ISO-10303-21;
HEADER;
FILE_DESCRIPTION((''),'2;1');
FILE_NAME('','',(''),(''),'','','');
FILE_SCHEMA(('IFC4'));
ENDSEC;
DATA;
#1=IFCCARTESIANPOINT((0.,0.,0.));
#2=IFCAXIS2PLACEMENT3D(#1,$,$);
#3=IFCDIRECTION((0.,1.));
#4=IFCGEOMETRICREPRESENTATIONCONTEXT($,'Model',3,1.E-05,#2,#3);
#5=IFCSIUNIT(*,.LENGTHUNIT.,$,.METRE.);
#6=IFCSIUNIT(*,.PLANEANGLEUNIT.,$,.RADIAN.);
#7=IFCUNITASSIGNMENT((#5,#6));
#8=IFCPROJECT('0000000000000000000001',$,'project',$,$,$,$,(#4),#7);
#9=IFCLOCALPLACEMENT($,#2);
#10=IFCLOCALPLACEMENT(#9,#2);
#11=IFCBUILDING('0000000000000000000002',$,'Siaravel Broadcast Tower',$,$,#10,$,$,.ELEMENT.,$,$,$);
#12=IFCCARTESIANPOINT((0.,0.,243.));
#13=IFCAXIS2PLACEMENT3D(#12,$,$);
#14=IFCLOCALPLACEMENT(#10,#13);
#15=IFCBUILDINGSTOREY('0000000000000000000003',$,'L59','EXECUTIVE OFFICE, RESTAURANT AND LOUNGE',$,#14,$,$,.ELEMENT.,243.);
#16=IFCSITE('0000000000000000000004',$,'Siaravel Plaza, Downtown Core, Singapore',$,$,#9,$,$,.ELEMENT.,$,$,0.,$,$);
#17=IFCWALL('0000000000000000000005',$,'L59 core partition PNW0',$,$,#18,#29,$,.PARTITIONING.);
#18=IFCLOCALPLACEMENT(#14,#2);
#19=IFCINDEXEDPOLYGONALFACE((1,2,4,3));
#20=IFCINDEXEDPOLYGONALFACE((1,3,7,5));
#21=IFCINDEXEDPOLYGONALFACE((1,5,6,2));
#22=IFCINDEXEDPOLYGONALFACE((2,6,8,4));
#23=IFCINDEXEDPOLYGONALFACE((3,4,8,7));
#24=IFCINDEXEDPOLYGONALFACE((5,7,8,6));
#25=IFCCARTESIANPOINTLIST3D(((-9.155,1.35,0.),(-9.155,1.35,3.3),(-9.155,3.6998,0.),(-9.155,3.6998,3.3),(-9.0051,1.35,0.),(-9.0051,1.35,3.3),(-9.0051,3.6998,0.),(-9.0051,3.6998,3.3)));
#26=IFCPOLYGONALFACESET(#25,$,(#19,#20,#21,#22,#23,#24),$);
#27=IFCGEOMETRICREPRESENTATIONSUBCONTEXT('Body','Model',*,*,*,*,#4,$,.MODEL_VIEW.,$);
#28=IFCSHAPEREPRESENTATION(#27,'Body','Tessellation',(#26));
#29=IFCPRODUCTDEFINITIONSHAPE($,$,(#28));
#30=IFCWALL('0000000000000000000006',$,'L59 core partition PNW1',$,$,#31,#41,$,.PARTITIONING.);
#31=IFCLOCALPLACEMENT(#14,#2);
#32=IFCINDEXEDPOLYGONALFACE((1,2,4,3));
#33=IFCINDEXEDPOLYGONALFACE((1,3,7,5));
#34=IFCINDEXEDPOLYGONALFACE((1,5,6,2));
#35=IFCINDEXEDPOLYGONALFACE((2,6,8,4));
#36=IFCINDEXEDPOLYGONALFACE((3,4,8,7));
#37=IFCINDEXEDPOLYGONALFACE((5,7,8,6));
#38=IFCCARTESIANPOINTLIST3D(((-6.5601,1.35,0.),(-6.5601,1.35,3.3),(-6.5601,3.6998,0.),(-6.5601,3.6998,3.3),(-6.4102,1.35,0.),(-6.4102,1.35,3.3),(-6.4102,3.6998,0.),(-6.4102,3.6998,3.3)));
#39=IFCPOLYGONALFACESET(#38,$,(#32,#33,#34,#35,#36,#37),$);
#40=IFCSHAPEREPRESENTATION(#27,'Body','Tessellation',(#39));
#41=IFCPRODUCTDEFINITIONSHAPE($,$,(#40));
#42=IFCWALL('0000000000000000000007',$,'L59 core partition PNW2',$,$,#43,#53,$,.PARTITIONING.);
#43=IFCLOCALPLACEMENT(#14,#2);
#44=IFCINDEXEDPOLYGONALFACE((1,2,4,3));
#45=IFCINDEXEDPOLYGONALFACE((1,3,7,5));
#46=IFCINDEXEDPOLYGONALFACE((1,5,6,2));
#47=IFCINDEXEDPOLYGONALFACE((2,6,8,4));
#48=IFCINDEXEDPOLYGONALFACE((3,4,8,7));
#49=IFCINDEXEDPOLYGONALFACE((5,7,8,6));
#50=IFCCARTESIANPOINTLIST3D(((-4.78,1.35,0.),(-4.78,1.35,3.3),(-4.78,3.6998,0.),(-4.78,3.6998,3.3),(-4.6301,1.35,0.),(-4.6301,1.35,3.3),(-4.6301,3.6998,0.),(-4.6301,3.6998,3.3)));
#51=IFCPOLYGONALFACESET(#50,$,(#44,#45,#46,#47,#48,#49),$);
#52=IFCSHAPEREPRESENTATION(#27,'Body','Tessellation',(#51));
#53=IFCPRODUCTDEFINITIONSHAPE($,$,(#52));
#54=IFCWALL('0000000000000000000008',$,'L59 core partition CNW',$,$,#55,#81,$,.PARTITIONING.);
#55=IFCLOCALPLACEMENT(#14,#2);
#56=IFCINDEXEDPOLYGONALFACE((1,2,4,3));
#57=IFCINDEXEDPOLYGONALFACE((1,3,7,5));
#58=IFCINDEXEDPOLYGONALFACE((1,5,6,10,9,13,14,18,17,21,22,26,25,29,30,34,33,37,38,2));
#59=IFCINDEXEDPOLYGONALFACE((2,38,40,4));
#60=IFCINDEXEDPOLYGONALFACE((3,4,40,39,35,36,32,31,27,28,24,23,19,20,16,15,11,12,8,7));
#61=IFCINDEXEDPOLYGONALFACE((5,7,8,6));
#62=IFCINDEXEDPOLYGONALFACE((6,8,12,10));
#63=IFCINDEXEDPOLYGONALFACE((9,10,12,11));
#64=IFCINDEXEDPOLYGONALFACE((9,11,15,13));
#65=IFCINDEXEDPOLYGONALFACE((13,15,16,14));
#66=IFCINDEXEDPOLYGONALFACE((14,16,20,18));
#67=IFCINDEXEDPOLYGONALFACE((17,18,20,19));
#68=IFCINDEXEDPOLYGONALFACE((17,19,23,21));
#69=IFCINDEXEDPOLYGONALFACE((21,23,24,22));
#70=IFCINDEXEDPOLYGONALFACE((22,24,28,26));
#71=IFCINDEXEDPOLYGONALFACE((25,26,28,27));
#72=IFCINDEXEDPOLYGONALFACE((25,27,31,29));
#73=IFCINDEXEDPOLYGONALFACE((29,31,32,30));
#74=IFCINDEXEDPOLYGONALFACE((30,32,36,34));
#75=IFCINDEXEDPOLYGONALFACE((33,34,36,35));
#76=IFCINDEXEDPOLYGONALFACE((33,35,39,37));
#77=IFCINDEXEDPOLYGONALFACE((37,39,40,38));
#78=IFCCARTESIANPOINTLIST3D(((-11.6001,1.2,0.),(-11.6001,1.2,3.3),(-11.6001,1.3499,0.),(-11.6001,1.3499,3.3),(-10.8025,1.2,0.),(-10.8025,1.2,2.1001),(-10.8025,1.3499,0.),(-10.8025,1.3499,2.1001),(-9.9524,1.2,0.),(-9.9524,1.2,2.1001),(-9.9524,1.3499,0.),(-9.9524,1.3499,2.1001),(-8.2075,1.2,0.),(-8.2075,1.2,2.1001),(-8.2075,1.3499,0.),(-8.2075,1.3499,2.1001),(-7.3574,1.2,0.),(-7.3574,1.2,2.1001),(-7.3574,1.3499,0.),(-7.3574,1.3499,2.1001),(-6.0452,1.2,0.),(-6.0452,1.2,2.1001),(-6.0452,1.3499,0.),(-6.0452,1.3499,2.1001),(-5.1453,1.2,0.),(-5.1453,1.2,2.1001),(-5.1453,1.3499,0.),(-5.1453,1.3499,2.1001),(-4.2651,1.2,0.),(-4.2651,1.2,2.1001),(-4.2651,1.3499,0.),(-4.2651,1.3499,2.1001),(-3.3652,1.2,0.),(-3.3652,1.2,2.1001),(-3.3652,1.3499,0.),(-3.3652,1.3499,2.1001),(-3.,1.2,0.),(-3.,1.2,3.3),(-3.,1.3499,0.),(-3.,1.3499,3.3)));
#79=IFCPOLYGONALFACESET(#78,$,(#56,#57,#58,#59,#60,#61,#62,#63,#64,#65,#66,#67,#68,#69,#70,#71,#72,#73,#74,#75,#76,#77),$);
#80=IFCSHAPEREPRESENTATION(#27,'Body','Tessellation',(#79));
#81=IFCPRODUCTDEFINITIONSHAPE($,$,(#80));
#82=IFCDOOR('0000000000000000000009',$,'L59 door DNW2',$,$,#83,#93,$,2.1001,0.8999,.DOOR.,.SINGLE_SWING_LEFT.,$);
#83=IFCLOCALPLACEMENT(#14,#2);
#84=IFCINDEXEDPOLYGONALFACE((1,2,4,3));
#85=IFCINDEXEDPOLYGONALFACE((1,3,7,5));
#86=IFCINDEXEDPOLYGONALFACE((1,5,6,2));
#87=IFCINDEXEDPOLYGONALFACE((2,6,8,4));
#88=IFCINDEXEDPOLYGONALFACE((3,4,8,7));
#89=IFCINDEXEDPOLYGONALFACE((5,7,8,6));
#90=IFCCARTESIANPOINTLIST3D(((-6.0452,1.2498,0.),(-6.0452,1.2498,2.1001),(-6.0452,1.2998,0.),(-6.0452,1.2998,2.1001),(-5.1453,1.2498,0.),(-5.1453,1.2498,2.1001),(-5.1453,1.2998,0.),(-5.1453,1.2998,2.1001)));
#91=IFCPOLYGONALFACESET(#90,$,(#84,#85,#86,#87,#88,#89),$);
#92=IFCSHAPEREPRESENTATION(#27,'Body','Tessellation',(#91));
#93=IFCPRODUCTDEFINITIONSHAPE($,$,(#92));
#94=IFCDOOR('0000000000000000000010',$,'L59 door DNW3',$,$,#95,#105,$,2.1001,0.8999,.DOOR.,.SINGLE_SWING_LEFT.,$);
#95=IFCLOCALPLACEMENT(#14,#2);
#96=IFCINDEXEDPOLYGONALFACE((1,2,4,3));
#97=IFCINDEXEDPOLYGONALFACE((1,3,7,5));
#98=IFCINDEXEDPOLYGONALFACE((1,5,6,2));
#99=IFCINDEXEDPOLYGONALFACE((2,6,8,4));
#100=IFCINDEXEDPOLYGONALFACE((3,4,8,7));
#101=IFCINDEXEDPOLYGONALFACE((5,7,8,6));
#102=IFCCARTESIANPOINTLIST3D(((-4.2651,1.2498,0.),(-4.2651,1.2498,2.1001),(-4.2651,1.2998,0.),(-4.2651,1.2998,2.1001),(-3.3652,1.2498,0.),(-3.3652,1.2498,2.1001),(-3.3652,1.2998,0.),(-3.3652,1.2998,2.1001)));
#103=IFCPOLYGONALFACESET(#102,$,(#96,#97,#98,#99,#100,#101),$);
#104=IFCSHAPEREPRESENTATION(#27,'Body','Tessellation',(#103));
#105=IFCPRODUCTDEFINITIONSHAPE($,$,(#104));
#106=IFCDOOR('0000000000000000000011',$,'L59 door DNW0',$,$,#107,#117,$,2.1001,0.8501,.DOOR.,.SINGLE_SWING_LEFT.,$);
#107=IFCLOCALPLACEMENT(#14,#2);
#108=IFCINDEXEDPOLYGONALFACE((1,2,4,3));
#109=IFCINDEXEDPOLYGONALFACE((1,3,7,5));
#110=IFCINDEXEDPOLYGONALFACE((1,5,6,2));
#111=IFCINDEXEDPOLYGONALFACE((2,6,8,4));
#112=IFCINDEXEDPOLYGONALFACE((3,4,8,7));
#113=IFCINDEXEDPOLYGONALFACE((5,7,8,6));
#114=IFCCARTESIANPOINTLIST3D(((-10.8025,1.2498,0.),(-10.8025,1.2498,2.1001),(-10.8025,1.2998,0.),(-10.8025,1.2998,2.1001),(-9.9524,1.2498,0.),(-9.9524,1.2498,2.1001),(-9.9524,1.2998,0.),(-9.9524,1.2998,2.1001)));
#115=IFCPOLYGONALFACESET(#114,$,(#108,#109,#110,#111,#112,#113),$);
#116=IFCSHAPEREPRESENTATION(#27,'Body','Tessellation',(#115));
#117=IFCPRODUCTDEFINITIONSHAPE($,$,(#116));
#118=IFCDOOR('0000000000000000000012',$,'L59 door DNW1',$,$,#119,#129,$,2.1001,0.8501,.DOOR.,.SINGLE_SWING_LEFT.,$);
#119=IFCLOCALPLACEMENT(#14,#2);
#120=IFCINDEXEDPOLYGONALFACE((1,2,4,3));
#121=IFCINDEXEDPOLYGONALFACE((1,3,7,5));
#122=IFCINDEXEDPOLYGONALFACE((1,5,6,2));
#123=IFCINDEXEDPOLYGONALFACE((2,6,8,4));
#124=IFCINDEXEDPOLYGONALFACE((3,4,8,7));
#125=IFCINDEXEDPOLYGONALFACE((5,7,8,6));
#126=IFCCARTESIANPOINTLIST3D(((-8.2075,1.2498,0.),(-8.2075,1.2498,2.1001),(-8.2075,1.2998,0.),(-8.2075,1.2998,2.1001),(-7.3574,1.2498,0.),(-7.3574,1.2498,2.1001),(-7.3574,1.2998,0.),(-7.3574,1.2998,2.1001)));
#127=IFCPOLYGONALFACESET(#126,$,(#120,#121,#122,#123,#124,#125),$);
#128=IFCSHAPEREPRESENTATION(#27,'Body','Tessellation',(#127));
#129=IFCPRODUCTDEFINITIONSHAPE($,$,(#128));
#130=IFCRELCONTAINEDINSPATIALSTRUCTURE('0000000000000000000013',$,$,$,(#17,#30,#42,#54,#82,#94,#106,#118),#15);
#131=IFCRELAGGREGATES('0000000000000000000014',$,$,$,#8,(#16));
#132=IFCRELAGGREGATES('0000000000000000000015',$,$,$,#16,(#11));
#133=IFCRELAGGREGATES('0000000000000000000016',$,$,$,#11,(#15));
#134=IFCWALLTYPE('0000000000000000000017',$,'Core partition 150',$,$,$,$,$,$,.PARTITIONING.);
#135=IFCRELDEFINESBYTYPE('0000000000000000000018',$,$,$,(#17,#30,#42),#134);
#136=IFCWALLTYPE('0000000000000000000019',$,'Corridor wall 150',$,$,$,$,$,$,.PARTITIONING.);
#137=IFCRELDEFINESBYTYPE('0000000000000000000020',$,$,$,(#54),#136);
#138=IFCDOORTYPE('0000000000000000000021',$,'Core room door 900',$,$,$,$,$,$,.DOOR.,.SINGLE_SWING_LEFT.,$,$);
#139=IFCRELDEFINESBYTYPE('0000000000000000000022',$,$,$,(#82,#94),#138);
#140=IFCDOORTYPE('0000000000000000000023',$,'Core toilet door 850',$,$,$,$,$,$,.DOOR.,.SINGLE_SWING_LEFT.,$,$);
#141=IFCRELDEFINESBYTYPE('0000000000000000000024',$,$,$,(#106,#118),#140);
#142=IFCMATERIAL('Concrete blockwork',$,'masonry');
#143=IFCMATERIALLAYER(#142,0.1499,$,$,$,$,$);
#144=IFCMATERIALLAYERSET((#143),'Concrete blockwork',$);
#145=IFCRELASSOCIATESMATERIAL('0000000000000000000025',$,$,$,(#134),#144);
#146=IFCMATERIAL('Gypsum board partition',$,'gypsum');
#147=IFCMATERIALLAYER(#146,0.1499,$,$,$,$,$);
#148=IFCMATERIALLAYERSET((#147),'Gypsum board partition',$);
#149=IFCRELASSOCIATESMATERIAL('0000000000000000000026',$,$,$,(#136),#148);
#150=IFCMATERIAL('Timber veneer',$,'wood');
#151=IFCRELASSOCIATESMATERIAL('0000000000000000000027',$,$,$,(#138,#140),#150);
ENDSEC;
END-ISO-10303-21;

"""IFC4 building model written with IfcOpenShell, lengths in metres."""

from ifc_helpers import new_model, si_unit, direction, frame, frame_2d, origin, place, context, subcontext, project, spatial, rectangle, extrude, material, layer, layer_set, type_object, element, fill, save


model = new_model("IFC4")

# Units and contexts
model_context = context("Model", 3, precision=1e-05, world=origin(), true_north=direction((0.0, 1.0)))
body_context = subcontext(model_context, "Body", "Model", "MODEL_VIEW")
ifc_project = project(units=[si_unit("LENGTHUNIT", "METRE"), si_unit("PLANEANGLEUNIT", "RADIAN")], contexts=[model_context])

# Site, building, storey
site_placement = place(None, origin())
site = spatial("IfcSite", under=ifc_project, at=site_placement, Name="Siaravel Plaza, Downtown Core, Singapore", CompositionType="ELEMENT", RefElevation=0.0)
building_placement = place(site_placement, origin())
building = spatial("IfcBuilding", under=site, at=building_placement, Name="Siaravel Broadcast Tower", CompositionType="ELEMENT")
storey_placement = place(building_placement, frame((0.0, 0.0, 243.0)))
storey = spatial("IfcBuildingStorey", under=building, at=storey_placement, Name="L59", Description="EXECUTIVE OFFICE, RESTAURANT AND LOUNGE", CompositionType="ELEMENT", Elevation=243.0)

# Walls
ifc_material_1 = material(Name="Concrete blockwork", Category="masonry")
ifc_layer_1 = layer(ifc_material_1, 0.1499)
ifc_layer_set_1 = layer_set([ifc_layer_1], Name="Concrete blockwork")
wall_type_1 = type_object("IfcWallType", Name="Core partition 150", PredefinedType="PARTITIONING", material=ifc_layer_set_1)
for number, where, z_axis, x_axis, name in (
    (1, (-9.0801, 1.3501, 0.0), (0.0, 0.0, 1.0), (0.0, 1.0, 0.0), "L59 core partition PNW0"),
    (2, (-6.4851, 1.3501, 0.0), (0.0, 0.0, 1.0), (0.0, 1.0, 0.0), "L59 core partition PNW1"),
    (3, (-4.7051, 1.3501, 0.0), (0.0, 0.0, 1.0), (0.0, 1.0, 0.0), "L59 core partition PNW2"),
):
    element("IfcWall", number, at=place(storey_placement, frame(where, z_axis=z_axis, x_axis=x_axis)), inside=storey, type_object=wall_type_1, Name=name, PredefinedType="PARTITIONING", context=body_context, shape_type="SweptSolid", body=[
        extrude(rectangle(XDim=2.3499, YDim=0.1499, at=frame_2d((1.1748, 0.0))), origin(), (0.0, 0.0, 1.0), 3.3),
    ])

# Wall, openings, doors
ifc_material_2 = material(Name="Gypsum board partition", Category="gypsum")
ifc_layer_2 = layer(ifc_material_2, 0.1499)
ifc_layer_set_2 = layer_set([ifc_layer_2], Name="Gypsum board partition")
wall_type_2 = type_object("IfcWallType", Name="Corridor wall 150", PredefinedType="PARTITIONING", material=ifc_layer_set_2)
wall_1_placement = place(storey_placement, frame((-11.6001, 1.2749, 0.0), z_axis=(0.0, 0.0, 1.0), x_axis=(1.0, 0.0, 0.0)))
wall_1 = element("IfcWall", 4, at=wall_1_placement, inside=storey, type_object=wall_type_2, Name="L59 core partition CNW", PredefinedType="PARTITIONING", context=body_context, shape_type="SweptSolid", body=[
    extrude(rectangle(XDim=8.6001, YDim=0.1499, at=frame_2d((4.3, 0.0))), origin(), (0.0, 0.0, 1.0), 3.3),
])
opening_1_placement = place(wall_1_placement, frame((0.7976, 0.0, 0.0)))
opening_1 = element("IfcOpeningElement", 5, at=opening_1_placement, cuts=wall_1, PredefinedType="OPENING", context=body_context, shape_type="SweptSolid", body=[
    extrude(rectangle(XDim=0.8501, YDim=2.1001, at=frame_2d((0.425, 1.05))), frame((0.0, 0.085, 0.0), z_axis=(0.0, -1.0, 0.0), x_axis=(1.0, 0.0, 0.0)), (0.0, 0.0, 1.0), 0.1699),
])
opening_2_placement = place(wall_1_placement, frame((3.3926, 0.0, 0.0)))
opening_2 = element("IfcOpeningElement", 6, at=opening_2_placement, cuts=wall_1, PredefinedType="OPENING", context=body_context, shape_type="SweptSolid", body=[
    extrude(rectangle(XDim=0.8501, YDim=2.1001, at=frame_2d((0.425, 1.05))), frame((0.0, 0.085, 0.0), z_axis=(0.0, -1.0, 0.0), x_axis=(1.0, 0.0, 0.0)), (0.0, 0.0, 1.0), 0.1699),
])
opening_3_placement = place(wall_1_placement, frame((5.5549, 0.0, 0.0)))
opening_3 = element("IfcOpeningElement", 7, at=opening_3_placement, cuts=wall_1, PredefinedType="OPENING", context=body_context, shape_type="SweptSolid", body=[
    extrude(rectangle(XDim=0.8999, YDim=2.1001, at=frame_2d((0.45, 1.05))), frame((0.0, 0.085, 0.0), z_axis=(0.0, -1.0, 0.0), x_axis=(1.0, 0.0, 0.0)), (0.0, 0.0, 1.0), 0.1699),
])
opening_4_placement = place(wall_1_placement, frame((7.335, 0.0, 0.0)))
opening_4 = element("IfcOpeningElement", 8, at=opening_4_placement, cuts=wall_1, PredefinedType="OPENING", context=body_context, shape_type="SweptSolid", body=[
    extrude(rectangle(XDim=0.8999, YDim=2.1001, at=frame_2d((0.45, 1.05))), frame((0.0, 0.085, 0.0), z_axis=(0.0, -1.0, 0.0), x_axis=(1.0, 0.0, 0.0)), (0.0, 0.0, 1.0), 0.1699),
])
ifc_material_3 = material(Name="Timber veneer", Category="wood")
door_type_1 = type_object("IfcDoorType", Name="Core room door 900", OperationType="SINGLE_SWING_LEFT", PredefinedType="DOOR", material=ifc_material_3)
door_1_placement = place(opening_3_placement, origin())
door_1 = element("IfcDoor", 9, at=door_1_placement, inside=storey, type_object=door_type_1, Name="L59 door DNW2", OperationType="SINGLE_SWING_LEFT", OverallHeight=2.1001, OverallWidth=0.8999, PredefinedType="DOOR", context=body_context, shape_type="SweptSolid", body=[
    extrude(rectangle(XDim=0.8999, YDim=2.1001, at=frame_2d((0.45, 1.05))), frame((0.0, 0.0249, 0.0), z_axis=(0.0, -1.0, 0.0), x_axis=(1.0, 0.0, 0.0)), (0.0, 0.0, 1.0), 0.05),
])
fill(opening_3, door_1)
door_2_placement = place(opening_4_placement, origin())
door_2 = element("IfcDoor", 10, at=door_2_placement, inside=storey, type_object=door_type_1, Name="L59 door DNW3", OperationType="SINGLE_SWING_LEFT", OverallHeight=2.1001, OverallWidth=0.8999, PredefinedType="DOOR", context=body_context, shape_type="SweptSolid", body=[
    extrude(rectangle(XDim=0.8999, YDim=2.1001, at=frame_2d((0.45, 1.05))), frame((0.0, 0.0249, 0.0), z_axis=(0.0, -1.0, 0.0), x_axis=(1.0, 0.0, 0.0)), (0.0, 0.0, 1.0), 0.05),
])
fill(opening_4, door_2)
door_type_2 = type_object("IfcDoorType", Name="Core toilet door 850", OperationType="SINGLE_SWING_LEFT", PredefinedType="DOOR", material=ifc_material_3)
door_3_placement = place(opening_1_placement, origin())
door_3 = element("IfcDoor", 11, at=door_3_placement, inside=storey, type_object=door_type_2, Name="L59 door DNW0", OperationType="SINGLE_SWING_LEFT", OverallHeight=2.1001, OverallWidth=0.8501, PredefinedType="DOOR", context=body_context, shape_type="SweptSolid", body=[
    extrude(rectangle(XDim=0.8501, YDim=2.1001, at=frame_2d((0.425, 1.05))), frame((0.0, 0.0249, 0.0), z_axis=(0.0, -1.0, 0.0), x_axis=(1.0, 0.0, 0.0)), (0.0, 0.0, 1.0), 0.05),
])
fill(opening_1, door_3)
door_4_placement = place(opening_2_placement, origin())
door_4 = element("IfcDoor", 12, at=door_4_placement, inside=storey, type_object=door_type_2, Name="L59 door DNW1", OperationType="SINGLE_SWING_LEFT", OverallHeight=2.1001, OverallWidth=0.8501, PredefinedType="DOOR", context=body_context, shape_type="SweptSolid", body=[
    extrude(rectangle(XDim=0.8501, YDim=2.1001, at=frame_2d((0.425, 1.05))), frame((0.0, 0.0249, 0.0), z_axis=(0.0, -1.0, 0.0), x_axis=(1.0, 0.0, 0.0)), (0.0, 0.0, 1.0), 0.05),
])
fill(opening_2, door_4)

save(model, "model.ifc")
